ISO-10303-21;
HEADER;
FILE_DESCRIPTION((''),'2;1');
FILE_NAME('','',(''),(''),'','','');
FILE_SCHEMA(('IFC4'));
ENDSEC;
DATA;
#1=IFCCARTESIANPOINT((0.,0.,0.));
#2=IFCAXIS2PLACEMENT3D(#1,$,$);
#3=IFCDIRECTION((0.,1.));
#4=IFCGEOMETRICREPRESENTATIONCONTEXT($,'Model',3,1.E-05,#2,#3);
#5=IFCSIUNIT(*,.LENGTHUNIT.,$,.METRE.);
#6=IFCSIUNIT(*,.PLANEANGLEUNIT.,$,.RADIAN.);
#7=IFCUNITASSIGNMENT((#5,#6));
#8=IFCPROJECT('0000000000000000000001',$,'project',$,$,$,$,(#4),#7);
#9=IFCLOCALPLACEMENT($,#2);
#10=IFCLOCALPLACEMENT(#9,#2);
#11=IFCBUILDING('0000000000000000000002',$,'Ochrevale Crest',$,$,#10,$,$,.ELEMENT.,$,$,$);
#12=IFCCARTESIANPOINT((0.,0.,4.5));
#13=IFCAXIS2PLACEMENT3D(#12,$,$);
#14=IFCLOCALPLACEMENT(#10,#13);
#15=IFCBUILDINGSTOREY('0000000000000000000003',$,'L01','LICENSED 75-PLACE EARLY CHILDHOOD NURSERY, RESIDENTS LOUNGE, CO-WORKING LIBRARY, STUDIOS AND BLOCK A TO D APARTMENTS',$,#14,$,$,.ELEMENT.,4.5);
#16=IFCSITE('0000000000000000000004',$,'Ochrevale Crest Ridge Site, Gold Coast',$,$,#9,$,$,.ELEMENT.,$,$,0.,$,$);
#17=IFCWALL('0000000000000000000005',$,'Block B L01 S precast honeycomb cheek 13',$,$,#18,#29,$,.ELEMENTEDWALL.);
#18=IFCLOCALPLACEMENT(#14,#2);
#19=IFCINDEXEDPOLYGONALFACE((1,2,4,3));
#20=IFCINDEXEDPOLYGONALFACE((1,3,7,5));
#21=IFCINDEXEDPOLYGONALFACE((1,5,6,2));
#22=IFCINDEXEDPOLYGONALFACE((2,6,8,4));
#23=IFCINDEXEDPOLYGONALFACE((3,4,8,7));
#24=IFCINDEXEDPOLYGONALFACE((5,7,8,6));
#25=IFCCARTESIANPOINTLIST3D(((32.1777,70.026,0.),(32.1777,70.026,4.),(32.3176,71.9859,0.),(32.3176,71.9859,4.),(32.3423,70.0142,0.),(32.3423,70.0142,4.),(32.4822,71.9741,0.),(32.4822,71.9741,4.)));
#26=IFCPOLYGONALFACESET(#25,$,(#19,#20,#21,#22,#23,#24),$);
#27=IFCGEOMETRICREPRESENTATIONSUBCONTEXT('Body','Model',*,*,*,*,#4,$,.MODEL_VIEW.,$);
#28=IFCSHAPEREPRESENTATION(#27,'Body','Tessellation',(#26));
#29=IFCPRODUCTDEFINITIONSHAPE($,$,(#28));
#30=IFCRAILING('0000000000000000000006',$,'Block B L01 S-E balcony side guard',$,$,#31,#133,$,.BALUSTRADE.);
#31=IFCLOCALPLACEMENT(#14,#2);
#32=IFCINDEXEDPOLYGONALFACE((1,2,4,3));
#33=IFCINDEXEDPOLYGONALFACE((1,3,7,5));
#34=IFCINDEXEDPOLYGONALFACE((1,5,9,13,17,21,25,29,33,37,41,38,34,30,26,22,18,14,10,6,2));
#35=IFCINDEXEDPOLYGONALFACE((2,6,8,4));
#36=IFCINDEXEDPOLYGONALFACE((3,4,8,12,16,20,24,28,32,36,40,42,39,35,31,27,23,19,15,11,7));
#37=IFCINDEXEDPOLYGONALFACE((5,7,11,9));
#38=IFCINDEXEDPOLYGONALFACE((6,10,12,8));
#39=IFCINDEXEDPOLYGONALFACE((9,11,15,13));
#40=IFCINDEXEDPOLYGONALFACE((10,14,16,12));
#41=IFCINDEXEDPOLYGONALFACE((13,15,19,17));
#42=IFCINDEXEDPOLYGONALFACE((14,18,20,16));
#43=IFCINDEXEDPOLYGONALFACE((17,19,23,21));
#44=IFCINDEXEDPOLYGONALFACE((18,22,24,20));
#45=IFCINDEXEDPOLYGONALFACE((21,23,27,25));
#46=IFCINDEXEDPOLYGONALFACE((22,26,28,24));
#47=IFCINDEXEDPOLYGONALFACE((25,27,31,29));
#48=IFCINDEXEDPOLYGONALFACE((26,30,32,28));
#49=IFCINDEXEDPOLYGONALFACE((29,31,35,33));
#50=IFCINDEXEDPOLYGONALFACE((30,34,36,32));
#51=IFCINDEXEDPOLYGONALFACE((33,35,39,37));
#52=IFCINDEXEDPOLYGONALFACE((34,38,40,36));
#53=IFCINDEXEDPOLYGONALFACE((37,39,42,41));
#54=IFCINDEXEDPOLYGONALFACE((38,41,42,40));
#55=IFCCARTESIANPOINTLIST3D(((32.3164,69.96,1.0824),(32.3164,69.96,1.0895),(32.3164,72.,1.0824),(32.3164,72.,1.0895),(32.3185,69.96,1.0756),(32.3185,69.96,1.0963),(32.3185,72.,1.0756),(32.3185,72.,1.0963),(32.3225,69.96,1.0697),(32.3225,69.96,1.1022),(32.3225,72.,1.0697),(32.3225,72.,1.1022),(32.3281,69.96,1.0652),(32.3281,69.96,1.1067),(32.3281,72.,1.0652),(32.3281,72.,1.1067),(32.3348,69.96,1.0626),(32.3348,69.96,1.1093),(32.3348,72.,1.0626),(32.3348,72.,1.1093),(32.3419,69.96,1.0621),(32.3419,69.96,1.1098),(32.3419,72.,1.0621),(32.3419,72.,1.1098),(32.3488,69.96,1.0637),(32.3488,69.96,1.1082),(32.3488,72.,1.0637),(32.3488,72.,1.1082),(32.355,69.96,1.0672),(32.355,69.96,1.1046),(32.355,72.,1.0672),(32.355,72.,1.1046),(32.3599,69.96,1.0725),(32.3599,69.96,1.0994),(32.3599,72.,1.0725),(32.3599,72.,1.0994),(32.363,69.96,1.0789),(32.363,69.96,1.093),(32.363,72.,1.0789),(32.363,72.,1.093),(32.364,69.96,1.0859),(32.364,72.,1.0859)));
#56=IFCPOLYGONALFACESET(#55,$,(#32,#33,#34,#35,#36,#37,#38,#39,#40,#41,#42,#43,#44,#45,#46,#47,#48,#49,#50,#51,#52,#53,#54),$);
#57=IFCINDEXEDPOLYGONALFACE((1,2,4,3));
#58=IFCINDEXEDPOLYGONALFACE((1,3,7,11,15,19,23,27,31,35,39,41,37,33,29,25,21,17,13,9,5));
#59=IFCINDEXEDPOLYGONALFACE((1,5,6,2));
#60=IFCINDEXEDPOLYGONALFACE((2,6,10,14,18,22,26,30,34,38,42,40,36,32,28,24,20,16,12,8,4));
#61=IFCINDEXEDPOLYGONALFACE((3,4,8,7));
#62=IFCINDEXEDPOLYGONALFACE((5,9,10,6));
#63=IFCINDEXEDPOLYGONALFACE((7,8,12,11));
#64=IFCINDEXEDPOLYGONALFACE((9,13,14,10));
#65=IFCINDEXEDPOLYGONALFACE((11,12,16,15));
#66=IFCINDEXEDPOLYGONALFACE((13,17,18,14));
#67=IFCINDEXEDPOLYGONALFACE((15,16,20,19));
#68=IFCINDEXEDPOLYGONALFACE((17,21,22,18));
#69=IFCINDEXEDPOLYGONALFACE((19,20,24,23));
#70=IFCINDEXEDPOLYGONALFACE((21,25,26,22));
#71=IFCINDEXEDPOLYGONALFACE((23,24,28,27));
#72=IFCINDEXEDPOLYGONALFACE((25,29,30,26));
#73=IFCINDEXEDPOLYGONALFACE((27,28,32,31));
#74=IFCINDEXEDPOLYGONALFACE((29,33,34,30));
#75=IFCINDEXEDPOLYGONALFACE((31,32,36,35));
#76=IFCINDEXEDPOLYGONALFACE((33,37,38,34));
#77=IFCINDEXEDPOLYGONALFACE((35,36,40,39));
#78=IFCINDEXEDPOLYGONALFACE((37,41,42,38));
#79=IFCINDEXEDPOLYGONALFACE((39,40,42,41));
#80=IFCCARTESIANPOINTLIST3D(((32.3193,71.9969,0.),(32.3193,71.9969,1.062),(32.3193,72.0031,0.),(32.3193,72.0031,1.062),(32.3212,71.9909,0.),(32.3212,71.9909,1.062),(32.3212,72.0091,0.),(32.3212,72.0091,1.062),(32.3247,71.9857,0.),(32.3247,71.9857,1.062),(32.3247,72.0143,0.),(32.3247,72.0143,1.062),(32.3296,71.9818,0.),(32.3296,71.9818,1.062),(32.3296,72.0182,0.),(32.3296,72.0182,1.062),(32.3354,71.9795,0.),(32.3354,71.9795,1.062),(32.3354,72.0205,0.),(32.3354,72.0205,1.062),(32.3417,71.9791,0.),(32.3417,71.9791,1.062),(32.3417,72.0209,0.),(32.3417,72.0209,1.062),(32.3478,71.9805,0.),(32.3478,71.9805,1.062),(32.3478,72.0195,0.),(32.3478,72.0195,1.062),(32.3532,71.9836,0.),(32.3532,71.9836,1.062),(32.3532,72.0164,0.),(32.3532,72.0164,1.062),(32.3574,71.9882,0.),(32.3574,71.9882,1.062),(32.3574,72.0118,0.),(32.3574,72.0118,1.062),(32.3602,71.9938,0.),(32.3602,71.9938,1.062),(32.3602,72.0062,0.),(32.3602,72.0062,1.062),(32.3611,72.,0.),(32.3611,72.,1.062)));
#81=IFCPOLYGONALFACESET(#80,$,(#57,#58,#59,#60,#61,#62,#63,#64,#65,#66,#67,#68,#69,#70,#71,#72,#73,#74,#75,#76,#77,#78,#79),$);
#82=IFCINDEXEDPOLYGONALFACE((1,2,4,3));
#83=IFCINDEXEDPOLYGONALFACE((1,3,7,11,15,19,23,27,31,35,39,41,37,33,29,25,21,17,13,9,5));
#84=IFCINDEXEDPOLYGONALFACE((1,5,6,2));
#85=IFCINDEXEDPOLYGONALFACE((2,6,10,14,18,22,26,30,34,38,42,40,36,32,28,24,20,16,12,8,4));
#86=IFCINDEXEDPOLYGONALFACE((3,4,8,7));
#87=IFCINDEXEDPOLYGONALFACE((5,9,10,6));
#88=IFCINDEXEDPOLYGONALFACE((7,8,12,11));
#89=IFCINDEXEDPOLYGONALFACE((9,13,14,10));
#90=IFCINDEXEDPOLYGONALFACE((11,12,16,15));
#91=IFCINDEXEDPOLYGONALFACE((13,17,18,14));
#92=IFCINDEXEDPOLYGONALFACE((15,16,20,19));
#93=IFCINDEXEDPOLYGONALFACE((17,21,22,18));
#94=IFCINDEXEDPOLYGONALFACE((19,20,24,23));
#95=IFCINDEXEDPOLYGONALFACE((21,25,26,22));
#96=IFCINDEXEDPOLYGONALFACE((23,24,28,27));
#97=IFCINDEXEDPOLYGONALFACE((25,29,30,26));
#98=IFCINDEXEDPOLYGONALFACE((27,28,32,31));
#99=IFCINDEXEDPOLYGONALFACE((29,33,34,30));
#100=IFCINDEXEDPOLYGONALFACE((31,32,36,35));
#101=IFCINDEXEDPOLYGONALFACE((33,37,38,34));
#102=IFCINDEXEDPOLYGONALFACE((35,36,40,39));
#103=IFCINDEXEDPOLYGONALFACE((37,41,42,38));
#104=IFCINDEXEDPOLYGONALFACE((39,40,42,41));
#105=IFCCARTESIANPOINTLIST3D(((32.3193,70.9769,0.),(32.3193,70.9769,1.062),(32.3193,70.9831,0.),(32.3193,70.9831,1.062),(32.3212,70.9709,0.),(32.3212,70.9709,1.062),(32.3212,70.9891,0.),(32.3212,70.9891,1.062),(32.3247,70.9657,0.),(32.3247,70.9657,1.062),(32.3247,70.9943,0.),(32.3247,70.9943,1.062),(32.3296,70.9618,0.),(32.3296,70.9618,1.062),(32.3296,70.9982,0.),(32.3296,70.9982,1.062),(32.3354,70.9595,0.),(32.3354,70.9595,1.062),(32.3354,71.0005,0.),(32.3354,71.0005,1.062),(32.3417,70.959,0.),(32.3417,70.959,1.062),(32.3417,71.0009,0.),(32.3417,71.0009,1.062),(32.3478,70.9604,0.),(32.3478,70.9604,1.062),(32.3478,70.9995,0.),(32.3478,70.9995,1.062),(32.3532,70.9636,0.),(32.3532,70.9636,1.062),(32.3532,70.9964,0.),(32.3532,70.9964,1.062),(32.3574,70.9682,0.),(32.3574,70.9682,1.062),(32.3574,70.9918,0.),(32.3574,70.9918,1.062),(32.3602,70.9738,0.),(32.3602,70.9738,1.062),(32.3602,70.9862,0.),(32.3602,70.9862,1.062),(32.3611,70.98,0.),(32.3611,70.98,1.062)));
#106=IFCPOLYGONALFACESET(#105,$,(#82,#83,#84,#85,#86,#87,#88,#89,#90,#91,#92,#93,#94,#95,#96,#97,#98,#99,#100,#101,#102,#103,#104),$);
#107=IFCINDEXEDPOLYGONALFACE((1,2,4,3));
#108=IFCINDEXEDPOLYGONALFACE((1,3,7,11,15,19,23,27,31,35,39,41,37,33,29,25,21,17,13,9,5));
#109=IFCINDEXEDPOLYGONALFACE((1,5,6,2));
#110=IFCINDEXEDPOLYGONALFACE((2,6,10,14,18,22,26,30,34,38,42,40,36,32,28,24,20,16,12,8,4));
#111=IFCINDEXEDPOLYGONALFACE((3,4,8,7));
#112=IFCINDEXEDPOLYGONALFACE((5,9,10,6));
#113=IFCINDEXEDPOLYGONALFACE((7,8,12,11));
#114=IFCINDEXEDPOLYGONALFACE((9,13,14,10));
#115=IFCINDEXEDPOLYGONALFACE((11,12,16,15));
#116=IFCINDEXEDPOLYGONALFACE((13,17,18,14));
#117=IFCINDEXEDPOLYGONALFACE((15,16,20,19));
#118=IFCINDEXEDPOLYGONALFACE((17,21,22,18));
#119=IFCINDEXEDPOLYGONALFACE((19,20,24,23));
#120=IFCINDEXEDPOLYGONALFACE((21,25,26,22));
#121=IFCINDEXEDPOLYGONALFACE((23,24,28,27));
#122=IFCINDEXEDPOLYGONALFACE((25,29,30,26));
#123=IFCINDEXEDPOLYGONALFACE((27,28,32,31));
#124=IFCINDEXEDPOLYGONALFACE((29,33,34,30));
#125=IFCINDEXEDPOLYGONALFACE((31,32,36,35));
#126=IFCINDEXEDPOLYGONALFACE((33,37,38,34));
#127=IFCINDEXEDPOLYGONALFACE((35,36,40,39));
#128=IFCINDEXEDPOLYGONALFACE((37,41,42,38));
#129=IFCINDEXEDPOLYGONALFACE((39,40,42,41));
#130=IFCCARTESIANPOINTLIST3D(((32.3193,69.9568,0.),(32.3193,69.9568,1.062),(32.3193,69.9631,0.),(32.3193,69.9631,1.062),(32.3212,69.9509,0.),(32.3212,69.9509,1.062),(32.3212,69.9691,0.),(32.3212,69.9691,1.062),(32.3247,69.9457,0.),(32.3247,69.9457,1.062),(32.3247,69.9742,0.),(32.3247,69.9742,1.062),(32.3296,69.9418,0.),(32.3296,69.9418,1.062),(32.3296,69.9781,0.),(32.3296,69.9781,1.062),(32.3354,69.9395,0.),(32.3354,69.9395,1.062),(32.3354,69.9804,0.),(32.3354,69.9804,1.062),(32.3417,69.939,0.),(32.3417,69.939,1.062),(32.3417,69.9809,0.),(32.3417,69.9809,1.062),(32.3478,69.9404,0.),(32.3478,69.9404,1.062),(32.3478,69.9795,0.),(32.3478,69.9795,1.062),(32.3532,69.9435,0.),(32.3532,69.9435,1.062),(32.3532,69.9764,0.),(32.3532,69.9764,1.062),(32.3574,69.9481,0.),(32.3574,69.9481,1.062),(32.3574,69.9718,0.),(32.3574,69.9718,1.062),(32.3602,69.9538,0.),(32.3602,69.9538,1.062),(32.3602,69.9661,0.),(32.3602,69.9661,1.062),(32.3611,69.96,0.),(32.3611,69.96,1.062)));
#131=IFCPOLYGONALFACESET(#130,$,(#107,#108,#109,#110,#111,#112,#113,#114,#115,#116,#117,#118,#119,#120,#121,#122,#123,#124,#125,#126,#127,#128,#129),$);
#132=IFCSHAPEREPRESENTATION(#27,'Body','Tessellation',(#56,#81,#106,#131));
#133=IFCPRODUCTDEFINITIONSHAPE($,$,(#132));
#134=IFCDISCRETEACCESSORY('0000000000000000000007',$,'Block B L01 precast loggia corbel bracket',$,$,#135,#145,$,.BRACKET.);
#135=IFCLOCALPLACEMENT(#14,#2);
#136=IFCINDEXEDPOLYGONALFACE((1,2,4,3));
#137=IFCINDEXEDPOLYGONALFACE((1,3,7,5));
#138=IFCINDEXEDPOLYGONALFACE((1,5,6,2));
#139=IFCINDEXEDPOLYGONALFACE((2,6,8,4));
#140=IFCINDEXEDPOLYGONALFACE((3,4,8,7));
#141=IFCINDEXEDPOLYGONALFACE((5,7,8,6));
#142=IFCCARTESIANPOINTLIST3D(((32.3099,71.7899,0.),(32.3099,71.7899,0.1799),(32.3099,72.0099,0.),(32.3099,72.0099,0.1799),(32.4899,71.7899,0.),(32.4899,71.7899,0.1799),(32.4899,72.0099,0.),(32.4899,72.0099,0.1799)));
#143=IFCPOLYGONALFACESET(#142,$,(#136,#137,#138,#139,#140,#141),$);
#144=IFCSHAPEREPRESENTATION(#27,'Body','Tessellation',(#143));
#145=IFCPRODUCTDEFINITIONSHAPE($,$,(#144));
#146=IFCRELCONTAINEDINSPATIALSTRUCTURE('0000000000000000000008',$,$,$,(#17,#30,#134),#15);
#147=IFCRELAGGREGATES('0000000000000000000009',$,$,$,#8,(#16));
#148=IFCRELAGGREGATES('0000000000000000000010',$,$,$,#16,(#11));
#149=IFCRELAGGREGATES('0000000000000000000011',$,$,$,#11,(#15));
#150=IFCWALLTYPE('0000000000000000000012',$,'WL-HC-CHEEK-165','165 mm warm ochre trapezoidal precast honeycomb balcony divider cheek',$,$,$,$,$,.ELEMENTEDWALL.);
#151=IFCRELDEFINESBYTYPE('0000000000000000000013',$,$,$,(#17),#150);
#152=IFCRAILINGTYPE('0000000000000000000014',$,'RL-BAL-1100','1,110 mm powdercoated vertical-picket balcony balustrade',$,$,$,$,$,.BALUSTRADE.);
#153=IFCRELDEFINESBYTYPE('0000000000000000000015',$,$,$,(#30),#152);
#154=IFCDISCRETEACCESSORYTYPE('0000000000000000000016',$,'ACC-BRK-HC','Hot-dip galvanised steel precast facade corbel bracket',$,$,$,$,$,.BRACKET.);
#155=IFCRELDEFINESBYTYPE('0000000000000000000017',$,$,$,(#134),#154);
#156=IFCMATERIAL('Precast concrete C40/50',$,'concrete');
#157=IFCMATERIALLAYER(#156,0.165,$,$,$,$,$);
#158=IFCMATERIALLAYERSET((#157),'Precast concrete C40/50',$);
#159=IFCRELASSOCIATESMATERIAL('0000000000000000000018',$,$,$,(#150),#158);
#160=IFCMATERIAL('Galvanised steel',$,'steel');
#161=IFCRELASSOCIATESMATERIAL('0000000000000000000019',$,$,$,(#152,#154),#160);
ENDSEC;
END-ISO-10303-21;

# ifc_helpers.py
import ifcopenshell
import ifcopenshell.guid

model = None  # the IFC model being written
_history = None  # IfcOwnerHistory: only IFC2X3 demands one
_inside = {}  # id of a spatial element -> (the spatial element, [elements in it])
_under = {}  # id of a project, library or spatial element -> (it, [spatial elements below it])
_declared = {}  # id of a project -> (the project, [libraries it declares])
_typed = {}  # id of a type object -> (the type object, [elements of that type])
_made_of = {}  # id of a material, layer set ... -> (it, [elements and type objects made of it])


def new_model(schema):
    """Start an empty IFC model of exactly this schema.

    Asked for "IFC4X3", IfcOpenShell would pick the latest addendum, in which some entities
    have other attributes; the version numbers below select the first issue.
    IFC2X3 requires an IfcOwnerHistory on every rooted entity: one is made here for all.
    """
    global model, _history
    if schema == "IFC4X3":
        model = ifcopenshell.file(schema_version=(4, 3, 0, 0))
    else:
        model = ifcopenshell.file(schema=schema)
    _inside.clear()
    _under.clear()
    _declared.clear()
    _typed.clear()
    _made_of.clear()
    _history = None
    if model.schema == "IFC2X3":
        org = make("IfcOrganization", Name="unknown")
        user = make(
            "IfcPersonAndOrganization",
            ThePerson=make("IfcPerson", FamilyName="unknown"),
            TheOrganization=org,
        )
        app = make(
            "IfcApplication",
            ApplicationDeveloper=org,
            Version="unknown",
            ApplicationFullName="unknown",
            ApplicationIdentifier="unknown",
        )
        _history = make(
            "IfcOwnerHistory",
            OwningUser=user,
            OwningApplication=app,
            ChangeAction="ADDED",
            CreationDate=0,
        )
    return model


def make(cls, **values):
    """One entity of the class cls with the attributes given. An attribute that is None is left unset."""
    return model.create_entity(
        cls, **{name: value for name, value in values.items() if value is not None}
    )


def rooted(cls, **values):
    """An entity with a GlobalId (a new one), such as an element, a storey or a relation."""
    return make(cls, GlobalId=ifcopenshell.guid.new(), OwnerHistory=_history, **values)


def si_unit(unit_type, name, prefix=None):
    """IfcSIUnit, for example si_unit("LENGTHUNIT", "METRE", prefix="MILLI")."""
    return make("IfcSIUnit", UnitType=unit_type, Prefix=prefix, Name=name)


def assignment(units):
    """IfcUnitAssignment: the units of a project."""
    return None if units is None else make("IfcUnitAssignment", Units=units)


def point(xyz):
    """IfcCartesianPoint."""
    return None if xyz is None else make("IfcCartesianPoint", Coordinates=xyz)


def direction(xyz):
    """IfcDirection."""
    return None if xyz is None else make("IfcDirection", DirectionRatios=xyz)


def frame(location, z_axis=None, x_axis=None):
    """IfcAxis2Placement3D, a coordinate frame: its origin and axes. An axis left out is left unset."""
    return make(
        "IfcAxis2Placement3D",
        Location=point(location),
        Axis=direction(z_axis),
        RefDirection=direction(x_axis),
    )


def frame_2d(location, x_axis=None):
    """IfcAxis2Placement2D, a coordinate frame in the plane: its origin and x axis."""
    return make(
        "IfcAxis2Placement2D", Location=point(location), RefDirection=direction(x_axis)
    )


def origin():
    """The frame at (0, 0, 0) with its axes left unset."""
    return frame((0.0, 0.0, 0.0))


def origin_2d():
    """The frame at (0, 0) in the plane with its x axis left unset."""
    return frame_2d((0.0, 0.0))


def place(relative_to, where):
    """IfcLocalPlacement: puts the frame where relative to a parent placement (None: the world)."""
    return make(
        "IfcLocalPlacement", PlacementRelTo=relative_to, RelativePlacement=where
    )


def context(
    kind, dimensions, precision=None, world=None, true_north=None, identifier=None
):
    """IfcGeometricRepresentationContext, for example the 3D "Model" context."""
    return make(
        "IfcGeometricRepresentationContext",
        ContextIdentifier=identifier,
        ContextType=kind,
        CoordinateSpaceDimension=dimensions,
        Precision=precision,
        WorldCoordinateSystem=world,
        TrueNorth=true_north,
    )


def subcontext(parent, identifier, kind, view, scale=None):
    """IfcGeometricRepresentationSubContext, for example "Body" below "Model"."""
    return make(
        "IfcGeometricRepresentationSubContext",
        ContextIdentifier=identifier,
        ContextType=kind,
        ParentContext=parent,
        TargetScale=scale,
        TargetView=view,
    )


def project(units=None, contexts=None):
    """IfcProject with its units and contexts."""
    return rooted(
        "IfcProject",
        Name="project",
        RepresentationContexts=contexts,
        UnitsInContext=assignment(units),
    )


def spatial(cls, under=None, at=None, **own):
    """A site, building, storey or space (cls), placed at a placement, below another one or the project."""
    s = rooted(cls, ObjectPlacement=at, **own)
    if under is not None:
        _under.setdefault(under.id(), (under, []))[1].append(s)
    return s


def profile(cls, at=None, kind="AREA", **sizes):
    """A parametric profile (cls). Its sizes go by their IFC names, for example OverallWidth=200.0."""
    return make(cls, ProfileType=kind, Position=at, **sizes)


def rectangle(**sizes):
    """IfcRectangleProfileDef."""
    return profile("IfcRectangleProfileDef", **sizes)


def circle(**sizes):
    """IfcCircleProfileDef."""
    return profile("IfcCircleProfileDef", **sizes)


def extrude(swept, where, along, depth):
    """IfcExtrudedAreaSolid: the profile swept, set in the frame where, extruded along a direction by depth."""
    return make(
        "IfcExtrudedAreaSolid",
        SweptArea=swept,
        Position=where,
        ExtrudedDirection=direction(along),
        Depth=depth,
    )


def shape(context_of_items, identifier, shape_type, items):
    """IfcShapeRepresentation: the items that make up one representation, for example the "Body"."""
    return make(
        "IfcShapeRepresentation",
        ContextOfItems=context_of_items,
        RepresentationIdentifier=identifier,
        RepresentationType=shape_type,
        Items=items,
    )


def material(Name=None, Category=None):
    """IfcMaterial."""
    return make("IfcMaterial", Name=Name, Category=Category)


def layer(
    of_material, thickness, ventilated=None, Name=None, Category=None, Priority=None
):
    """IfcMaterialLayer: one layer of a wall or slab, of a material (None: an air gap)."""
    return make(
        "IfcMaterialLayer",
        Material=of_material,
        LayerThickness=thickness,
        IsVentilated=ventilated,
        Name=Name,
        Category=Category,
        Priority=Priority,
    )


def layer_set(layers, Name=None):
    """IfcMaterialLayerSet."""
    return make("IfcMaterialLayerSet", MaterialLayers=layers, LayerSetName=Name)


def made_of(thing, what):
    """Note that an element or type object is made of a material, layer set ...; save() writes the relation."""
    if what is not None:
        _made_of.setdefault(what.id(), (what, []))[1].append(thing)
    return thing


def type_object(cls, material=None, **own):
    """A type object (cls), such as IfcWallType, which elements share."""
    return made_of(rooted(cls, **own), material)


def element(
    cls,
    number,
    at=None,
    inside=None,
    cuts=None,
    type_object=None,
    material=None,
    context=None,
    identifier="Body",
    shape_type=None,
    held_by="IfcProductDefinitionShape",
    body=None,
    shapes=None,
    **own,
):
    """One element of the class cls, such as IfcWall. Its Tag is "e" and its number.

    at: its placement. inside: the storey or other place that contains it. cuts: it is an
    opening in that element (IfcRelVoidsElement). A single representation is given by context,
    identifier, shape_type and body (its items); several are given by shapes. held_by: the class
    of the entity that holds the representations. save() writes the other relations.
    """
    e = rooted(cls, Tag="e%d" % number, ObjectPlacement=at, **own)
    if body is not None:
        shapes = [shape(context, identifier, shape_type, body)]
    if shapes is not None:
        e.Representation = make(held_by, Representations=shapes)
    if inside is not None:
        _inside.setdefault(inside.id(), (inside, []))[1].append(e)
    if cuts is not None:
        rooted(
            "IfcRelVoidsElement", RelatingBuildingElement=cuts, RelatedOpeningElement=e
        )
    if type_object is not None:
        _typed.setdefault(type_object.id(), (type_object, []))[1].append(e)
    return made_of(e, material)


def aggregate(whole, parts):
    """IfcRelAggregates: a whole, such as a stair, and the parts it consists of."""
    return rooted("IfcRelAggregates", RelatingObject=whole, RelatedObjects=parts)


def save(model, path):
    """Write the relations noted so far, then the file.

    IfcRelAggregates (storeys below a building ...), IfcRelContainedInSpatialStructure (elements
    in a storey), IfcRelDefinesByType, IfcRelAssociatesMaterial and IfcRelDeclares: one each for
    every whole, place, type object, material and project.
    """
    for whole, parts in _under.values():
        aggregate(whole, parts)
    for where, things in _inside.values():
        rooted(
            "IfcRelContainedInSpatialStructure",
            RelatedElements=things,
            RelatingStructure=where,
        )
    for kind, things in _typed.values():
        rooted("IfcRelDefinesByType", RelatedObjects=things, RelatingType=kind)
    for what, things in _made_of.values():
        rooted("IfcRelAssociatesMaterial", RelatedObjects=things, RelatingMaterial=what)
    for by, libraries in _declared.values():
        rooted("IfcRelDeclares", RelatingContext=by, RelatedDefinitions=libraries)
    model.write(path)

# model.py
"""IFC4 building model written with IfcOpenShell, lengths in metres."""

from ifc_helpers import new_model, si_unit, direction, frame, frame_2d, origin, origin_2d, place, context, subcontext, project, spatial, rectangle, circle, extrude, material, layer, layer_set, type_object, element, save


model = new_model("IFC4")

# Units and contexts
model_context = context("Model", 3, precision=1e-05, world=origin(), true_north=direction((0.0, 1.0)))
body_context = subcontext(model_context, "Body", "Model", "MODEL_VIEW")
ifc_project = project(units=[si_unit("LENGTHUNIT", "METRE"), si_unit("PLANEANGLEUNIT", "RADIAN")], contexts=[model_context])

# Site, building, storey
site_placement = place(None, origin())
site = spatial("IfcSite", under=ifc_project, at=site_placement, Name="Ochrevale Crest Ridge Site, Gold Coast", CompositionType="ELEMENT", RefElevation=0.0)
building_placement = place(site_placement, origin())
building = spatial("IfcBuilding", under=site, at=building_placement, Name="Ochrevale Crest", CompositionType="ELEMENT")
storey_placement = place(building_placement, frame((0.0, 0.0, 4.5)))
storey = spatial("IfcBuildingStorey", under=building, at=storey_placement, Name="L01", Description="LICENSED 75-PLACE EARLY CHILDHOOD NURSERY, RESIDENTS LOUNGE, CO-WORKING LIBRARY, STUDIOS AND BLOCK A TO D APARTMENTS", CompositionType="ELEMENT", Elevation=4.5)

# Shared definitions
ifc_material_1 = material(Name="Precast concrete C40/50", Category="concrete")

# Wall
ifc_layer_1 = layer(ifc_material_1, 0.165)
ifc_layer_set_1 = layer_set([ifc_layer_1], Name="Precast concrete C40/50")
wall_type = type_object("IfcWallType", Name="WL-HC-CHEEK-165", Description="165 mm warm ochre trapezoidal precast honeycomb balcony divider cheek", PredefinedType="ELEMENTEDWALL", material=ifc_layer_set_1)
wall_1_placement = place(storey_placement, frame((32.3999, 71.98, 0.0), z_axis=(0.0, 0.0, 1.0), x_axis=(-0.071194, -0.997462, 0.0)))
element("IfcWall", 1, at=wall_1_placement, inside=storey, type_object=wall_type, Name="Block B L01 S precast honeycomb cheek 13", PredefinedType="ELEMENTEDWALL", context=body_context, shape_type="SweptSolid", body=[
    extrude(rectangle(XDim=1.9648, YDim=0.165, at=frame_2d((0.9824, 0.0))), origin(), (0.0, 0.0, 1.0), 4.0),
])

# Railing
ifc_material_2 = material(Name="Galvanised steel", Category="steel")
railing_type = type_object("IfcRailingType", Name="RL-BAL-1100", Description="1,110 mm powdercoated vertical-picket balcony balustrade", PredefinedType="BALUSTRADE", material=ifc_material_2)
railing_placement = place(storey_placement, frame((32.3401, 72.0, 0.0)))
element("IfcRailing", 2, at=railing_placement, inside=storey, type_object=railing_type, Name="Block B L01 S-E balcony side guard", PredefinedType="BALUSTRADE", context=body_context, shape_type="SweptSolid", body=[
    extrude(circle(Radius=0.0239, at=origin_2d()), frame((0.0, 0.0, 1.0859), z_axis=(0.0, -1.0, 0.0), x_axis=(1.0, 0.0, 0.0)), (0.0, 0.0, 1.0), 2.04),
    extrude(circle(Radius=0.021, at=origin_2d()), origin(), (0.0, 0.0, 1.0), 1.062),
    extrude(circle(Radius=0.021, at=origin_2d()), frame((0.0, -1.02, 0.0)), (0.0, 0.0, 1.0), 1.062),
    extrude(circle(Radius=0.021, at=origin_2d()), frame((0.0, -2.04, 0.0)), (0.0, 0.0, 1.0), 1.062),
])

# Discrete accessory
discrete_accessory_type = type_object("IfcDiscreteAccessoryType", Name="ACC-BRK-HC", Description="Hot-dip galvanised steel precast facade corbel bracket", PredefinedType="BRACKET", material=ifc_material_2)
discrete_accessory_placement = place(storey_placement, frame((32.3999, 71.8999, 0.0), z_axis=(0.0, 0.0, 1.0), x_axis=(1.0, 0.0, 0.0)))
element("IfcDiscreteAccessory", 3, at=discrete_accessory_placement, inside=storey, type_object=discrete_accessory_type, Name="Block B L01 precast loggia corbel bracket", PredefinedType="BRACKET", context=body_context, shape_type="SweptSolid", body=[
    extrude(rectangle(XDim=0.1799, YDim=0.22, at=origin_2d()), origin(), (0.0, 0.0, 1.0), 0.1799),
])

save(model, "model.ifc")
